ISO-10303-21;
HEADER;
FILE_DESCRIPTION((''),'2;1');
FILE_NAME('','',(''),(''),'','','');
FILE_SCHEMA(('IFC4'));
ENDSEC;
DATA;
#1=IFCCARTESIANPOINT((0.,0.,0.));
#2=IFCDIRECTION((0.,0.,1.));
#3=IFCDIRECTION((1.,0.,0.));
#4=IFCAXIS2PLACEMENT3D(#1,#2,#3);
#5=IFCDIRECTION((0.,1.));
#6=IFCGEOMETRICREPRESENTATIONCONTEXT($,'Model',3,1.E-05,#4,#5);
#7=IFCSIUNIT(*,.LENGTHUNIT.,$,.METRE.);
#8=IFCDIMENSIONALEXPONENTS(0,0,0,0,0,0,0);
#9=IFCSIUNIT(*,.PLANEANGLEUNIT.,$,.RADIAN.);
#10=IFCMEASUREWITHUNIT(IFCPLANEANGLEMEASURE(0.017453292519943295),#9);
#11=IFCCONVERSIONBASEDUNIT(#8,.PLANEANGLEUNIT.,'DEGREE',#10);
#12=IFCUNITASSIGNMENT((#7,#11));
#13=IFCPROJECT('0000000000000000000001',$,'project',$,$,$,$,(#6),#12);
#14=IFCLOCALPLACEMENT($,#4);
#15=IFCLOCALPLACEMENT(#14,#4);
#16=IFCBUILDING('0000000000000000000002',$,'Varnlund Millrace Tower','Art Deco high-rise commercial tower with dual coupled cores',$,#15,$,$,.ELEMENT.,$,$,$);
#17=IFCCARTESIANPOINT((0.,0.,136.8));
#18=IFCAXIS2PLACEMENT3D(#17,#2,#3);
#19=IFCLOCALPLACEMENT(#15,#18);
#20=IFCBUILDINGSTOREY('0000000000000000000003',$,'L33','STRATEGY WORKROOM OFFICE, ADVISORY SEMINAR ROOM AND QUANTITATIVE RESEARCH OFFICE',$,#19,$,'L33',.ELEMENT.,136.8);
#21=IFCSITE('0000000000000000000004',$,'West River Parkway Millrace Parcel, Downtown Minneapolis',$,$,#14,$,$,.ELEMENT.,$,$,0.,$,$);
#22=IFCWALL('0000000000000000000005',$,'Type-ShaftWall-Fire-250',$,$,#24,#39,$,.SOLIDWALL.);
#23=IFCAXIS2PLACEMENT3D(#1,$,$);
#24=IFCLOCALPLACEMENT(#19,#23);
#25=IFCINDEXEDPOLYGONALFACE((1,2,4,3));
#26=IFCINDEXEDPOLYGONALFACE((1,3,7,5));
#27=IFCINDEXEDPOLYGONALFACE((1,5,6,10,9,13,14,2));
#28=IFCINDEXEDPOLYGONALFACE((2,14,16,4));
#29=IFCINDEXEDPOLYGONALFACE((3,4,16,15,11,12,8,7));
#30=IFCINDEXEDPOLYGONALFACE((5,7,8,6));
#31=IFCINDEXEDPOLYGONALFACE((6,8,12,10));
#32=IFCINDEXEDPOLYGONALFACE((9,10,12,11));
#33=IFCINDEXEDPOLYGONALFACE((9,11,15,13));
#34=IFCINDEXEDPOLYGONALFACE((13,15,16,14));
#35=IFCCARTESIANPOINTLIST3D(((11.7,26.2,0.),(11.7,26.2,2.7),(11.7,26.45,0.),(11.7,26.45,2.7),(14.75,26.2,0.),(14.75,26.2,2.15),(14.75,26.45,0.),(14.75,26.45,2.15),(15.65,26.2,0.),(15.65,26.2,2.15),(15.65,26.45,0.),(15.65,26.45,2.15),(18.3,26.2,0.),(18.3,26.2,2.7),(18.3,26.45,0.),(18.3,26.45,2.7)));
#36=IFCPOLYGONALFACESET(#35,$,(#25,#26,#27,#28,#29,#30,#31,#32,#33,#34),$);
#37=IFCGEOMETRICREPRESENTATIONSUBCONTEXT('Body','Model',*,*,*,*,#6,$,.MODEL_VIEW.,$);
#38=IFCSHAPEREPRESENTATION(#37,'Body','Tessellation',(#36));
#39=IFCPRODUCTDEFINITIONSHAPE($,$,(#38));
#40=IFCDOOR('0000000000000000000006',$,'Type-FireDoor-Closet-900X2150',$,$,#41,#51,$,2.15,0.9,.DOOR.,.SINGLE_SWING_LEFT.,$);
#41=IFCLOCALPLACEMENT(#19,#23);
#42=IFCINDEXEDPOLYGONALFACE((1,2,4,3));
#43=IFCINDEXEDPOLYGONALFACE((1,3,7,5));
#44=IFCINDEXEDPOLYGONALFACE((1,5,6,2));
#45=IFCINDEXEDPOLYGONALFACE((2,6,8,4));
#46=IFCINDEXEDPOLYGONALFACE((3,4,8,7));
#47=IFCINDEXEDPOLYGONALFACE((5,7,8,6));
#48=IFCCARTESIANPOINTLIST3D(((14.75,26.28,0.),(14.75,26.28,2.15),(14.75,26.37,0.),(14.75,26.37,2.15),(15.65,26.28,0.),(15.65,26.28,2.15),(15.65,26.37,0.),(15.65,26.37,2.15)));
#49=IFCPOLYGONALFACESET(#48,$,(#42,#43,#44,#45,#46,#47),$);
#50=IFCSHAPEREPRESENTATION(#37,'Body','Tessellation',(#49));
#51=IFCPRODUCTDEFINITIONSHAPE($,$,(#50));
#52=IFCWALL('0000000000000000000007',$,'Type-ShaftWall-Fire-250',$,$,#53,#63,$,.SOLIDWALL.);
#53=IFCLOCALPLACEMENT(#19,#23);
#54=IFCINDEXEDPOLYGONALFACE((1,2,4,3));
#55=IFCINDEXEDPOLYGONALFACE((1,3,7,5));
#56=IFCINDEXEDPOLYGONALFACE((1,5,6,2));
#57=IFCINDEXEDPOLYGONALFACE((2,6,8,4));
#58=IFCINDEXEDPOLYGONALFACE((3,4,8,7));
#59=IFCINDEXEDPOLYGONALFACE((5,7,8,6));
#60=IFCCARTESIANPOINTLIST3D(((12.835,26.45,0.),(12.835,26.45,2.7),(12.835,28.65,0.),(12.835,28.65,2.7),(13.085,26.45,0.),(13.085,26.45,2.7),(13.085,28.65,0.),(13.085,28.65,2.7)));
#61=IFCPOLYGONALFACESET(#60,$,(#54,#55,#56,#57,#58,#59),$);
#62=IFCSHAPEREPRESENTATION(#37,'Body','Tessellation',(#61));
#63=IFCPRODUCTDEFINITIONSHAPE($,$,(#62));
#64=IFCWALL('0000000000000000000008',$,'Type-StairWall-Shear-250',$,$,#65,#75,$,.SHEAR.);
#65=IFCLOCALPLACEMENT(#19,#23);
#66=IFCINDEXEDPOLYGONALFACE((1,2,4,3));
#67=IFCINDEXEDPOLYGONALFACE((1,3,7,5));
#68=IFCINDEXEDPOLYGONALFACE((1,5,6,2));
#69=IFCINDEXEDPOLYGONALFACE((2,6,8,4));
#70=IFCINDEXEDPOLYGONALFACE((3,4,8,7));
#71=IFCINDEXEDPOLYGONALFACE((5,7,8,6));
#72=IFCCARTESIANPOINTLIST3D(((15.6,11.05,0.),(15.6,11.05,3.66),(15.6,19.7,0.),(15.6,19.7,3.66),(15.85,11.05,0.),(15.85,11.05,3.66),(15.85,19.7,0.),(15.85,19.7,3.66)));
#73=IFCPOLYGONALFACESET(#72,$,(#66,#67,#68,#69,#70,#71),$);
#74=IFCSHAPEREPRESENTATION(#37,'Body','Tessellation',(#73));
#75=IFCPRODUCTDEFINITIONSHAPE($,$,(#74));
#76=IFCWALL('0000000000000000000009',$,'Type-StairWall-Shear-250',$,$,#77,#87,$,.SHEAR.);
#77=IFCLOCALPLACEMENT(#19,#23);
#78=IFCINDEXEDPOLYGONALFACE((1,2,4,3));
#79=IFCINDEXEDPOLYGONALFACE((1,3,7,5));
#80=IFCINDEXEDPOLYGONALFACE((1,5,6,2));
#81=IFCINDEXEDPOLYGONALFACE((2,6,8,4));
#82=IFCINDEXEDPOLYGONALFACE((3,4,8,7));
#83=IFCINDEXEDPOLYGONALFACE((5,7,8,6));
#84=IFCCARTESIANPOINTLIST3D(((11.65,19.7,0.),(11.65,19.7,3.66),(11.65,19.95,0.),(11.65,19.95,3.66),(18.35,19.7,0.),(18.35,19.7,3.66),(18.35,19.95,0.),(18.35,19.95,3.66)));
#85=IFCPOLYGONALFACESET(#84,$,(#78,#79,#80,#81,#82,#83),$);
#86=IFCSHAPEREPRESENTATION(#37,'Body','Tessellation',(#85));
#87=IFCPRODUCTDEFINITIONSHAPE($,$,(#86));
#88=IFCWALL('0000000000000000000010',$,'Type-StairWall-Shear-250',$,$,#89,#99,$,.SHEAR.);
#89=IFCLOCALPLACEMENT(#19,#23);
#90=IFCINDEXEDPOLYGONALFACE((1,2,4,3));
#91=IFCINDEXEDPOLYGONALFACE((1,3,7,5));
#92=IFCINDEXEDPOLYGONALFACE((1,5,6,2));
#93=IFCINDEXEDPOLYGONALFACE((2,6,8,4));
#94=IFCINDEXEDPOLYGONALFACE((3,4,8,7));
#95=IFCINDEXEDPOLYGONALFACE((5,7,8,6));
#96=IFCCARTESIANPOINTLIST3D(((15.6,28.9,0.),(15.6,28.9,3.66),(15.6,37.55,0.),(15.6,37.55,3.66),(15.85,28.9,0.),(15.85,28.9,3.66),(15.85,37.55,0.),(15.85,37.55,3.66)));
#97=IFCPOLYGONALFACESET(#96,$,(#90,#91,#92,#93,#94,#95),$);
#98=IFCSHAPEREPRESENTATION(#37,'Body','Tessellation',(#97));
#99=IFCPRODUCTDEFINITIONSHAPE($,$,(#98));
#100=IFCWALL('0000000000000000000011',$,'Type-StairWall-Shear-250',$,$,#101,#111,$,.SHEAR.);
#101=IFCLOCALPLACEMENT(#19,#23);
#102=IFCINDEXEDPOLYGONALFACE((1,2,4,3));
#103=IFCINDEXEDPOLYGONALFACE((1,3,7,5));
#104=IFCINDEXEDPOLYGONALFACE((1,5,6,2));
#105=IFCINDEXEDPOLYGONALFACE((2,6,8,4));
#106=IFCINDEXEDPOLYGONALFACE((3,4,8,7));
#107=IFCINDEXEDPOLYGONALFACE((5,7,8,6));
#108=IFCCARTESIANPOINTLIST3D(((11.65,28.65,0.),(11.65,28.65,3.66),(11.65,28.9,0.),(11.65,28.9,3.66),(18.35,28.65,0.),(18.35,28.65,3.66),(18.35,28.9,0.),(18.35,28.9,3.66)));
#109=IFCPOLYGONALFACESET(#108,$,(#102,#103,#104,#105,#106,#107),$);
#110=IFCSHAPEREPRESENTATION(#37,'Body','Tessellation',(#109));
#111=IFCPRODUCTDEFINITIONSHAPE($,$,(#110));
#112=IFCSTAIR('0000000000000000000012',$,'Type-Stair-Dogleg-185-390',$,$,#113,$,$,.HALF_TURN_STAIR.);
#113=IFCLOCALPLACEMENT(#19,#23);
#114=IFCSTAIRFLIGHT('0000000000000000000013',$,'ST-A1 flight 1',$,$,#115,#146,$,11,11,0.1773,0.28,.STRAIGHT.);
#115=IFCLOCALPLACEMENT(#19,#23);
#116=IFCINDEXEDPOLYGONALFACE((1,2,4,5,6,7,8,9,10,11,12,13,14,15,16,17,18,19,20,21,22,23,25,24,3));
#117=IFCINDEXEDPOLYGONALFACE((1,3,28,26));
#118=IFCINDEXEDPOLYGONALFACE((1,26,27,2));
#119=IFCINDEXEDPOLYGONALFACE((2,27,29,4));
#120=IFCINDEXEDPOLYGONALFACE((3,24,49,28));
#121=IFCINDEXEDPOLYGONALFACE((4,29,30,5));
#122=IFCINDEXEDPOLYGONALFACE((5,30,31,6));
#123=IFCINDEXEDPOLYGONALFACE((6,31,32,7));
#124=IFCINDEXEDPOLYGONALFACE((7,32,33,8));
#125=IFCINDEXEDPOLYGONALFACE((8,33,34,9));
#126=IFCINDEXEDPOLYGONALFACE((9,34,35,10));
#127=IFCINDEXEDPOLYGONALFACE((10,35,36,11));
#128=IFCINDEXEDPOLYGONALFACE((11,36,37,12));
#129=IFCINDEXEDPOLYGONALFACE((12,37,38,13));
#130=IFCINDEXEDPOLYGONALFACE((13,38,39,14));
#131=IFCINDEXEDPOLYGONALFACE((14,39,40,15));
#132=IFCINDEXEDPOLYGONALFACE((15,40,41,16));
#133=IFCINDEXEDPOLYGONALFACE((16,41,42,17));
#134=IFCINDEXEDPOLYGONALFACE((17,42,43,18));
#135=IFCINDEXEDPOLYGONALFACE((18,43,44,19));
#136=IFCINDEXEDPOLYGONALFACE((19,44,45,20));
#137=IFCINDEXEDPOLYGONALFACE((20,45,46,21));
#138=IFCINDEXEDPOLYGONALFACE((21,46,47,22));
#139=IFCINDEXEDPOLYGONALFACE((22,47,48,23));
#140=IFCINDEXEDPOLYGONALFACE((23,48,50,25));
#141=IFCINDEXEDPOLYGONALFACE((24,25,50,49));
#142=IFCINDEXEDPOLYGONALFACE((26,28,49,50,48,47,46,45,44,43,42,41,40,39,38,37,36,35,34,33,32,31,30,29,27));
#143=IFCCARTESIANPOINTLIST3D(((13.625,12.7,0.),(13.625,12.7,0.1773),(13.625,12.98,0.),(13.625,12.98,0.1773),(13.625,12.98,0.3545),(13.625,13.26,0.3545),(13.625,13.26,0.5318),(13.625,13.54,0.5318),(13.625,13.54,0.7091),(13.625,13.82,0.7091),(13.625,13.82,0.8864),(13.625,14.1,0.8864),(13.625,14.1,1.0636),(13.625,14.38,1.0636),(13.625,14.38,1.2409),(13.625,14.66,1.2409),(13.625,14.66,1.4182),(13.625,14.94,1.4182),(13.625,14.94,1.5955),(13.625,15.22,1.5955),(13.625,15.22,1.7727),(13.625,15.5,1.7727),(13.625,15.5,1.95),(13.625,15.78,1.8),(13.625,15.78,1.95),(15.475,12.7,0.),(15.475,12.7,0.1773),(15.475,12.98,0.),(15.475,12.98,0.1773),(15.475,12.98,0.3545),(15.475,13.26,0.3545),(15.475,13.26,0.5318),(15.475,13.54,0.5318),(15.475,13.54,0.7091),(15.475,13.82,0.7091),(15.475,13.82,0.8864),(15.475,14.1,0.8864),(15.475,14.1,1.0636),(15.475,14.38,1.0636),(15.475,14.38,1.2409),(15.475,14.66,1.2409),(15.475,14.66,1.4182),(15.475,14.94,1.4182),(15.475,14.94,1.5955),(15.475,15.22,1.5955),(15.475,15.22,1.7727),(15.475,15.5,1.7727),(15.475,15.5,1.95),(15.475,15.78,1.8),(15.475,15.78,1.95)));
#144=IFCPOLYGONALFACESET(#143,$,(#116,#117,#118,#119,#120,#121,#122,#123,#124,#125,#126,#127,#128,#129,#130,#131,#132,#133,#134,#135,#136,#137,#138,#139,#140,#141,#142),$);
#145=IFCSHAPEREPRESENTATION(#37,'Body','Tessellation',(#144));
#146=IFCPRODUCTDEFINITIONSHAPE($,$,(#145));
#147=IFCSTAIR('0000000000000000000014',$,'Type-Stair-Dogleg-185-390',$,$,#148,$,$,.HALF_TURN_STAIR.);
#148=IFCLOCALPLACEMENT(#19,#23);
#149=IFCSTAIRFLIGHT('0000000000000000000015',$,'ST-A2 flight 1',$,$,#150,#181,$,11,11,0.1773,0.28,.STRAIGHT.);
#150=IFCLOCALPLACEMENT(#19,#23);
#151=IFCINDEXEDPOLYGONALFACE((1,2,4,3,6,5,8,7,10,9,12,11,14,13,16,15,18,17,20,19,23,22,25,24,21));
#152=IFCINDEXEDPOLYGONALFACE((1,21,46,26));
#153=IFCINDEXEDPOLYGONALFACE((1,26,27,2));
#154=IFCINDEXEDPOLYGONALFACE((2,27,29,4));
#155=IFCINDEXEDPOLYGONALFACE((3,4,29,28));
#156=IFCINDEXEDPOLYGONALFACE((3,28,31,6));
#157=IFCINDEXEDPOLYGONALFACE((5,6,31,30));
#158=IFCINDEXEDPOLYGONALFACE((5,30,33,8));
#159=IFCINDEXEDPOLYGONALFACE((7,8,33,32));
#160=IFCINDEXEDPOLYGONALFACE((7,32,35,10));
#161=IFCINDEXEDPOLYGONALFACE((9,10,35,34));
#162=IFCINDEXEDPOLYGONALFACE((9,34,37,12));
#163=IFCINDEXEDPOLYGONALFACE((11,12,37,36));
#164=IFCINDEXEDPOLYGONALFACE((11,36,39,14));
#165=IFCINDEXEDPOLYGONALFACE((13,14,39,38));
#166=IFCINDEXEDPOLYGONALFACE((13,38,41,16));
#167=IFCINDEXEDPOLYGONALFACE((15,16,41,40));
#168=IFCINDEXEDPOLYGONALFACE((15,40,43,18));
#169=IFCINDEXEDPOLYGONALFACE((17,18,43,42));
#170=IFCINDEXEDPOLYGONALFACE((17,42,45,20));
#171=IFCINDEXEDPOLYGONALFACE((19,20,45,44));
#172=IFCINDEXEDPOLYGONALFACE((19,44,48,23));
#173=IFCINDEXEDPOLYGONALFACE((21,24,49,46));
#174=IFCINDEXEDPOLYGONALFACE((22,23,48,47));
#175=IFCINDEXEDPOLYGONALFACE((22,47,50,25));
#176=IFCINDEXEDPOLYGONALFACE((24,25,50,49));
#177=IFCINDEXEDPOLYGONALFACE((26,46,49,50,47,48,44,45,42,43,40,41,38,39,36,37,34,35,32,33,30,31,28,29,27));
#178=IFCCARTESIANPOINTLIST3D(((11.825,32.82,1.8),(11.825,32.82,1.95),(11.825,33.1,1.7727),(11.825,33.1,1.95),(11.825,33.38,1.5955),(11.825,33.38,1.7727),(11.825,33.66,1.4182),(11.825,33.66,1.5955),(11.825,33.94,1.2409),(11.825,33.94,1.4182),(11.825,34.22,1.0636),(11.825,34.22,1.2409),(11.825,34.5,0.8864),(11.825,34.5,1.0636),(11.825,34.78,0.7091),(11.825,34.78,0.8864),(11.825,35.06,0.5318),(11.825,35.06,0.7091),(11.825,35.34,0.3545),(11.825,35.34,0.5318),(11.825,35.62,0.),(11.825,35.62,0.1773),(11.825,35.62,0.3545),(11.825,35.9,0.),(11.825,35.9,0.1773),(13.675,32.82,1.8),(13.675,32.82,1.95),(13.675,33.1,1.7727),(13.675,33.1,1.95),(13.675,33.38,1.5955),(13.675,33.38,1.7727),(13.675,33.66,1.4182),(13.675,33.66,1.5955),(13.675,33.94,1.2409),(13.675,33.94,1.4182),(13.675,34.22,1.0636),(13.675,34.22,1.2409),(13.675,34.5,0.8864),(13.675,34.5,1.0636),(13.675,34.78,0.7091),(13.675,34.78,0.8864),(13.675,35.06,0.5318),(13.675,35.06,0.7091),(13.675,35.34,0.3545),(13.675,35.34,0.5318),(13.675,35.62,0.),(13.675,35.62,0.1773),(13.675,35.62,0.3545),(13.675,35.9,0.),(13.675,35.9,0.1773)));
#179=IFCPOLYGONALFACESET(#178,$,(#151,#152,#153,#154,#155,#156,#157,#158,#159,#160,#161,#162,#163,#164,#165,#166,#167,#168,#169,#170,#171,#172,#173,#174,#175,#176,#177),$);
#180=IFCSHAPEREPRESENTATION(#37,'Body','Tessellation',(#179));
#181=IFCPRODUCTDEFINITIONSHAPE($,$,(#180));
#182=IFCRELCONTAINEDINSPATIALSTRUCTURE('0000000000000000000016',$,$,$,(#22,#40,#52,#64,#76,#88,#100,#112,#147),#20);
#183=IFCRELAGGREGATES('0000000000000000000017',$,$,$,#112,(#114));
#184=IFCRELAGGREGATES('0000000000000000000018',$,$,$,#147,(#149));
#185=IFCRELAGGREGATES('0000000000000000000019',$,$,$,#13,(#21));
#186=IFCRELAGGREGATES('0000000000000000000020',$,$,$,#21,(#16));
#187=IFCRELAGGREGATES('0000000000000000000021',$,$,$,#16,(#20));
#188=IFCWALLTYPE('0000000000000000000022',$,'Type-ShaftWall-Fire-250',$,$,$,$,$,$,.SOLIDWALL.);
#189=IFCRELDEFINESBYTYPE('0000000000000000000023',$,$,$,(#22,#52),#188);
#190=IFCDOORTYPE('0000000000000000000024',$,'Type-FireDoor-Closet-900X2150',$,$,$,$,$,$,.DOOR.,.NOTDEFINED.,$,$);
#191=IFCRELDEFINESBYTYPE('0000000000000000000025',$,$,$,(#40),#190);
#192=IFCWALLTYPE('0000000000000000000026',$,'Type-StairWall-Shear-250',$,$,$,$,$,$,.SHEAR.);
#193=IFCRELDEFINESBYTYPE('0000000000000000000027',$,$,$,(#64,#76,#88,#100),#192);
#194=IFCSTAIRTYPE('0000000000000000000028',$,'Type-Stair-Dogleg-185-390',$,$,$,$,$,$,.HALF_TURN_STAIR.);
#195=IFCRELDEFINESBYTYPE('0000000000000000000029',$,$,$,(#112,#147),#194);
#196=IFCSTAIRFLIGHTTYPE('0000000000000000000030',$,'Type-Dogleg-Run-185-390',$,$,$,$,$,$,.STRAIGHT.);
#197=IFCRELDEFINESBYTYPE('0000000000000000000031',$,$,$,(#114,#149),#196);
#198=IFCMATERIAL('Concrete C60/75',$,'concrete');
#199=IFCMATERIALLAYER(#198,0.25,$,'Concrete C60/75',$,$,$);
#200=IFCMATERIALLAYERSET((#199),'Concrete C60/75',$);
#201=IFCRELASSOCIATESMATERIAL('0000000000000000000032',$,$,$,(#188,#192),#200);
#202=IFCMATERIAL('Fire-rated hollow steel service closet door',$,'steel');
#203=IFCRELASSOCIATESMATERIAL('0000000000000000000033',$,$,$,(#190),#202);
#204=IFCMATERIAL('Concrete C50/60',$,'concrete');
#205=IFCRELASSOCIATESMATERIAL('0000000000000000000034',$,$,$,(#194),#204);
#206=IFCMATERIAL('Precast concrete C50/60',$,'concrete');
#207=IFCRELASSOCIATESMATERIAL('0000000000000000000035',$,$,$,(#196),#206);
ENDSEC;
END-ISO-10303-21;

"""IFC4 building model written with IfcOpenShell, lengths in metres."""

from ifc_helpers import new_model, entity, si_unit, converted_unit, direction, frame, origin_with_axes, origin_2d_with_axis, place, context, subcontext, project, spatial, polyline, rectangle, outline, extrude, material, layer, layer_set, type_object, element, fill, aggregate, save


model = new_model("IFC4")

# Units and contexts
model_context = context("Model", 3, precision=1e-05, world=origin_with_axes(), true_north=direction((0.0, 1.0)))
body_context = subcontext(model_context, "Body", "Model", "MODEL_VIEW")
ifc_project = project(units=[si_unit("LENGTHUNIT", "METRE"), converted_unit("PLANEANGLEUNIT", "DEGREE", entity("IfcPlaneAngleMeasure", 0.017453292519943295), si_unit("PLANEANGLEUNIT", "RADIAN"), dimensions=[0, 0, 0, 0, 0, 0, 0])], contexts=[model_context])

# Site, building, storey
site_placement = place(None, origin_with_axes())
site = spatial("IfcSite", under=ifc_project, at=site_placement, Name="West River Parkway Millrace Parcel, Downtown Minneapolis", CompositionType="ELEMENT", RefElevation=0.0)
building_placement = place(site_placement, origin_with_axes())
building = spatial("IfcBuilding", under=site, at=building_placement, Name="Varnlund Millrace Tower", Description="Art Deco high-rise commercial tower with dual coupled cores", CompositionType="ELEMENT")
storey_placement = place(building_placement, frame((0.0, 0.0, 136.8), z_axis=(0.0, 0.0, 1.0), x_axis=(1.0, 0.0, 0.0)))
storey = spatial("IfcBuildingStorey", under=building, at=storey_placement, Name="L33", Description="STRATEGY WORKROOM OFFICE, ADVISORY SEMINAR ROOM AND QUANTITATIVE RESEARCH OFFICE", LongName="L33", CompositionType="ELEMENT", Elevation=136.8)

# Shared definitions
ifc_material_1 = material(Name="Concrete C60/75", Category="concrete")
ifc_layer = layer(ifc_material_1, 0.25, Name="Concrete C60/75")
ifc_layer_set = layer_set([ifc_layer], Name="Concrete C60/75")
wall_type_1 = type_object("IfcWallType", Name="Type-ShaftWall-Fire-250", PredefinedType="SOLIDWALL", material=ifc_layer_set)

# Wall, opening, door
ifc_material_2 = material(Name="Fire-rated hollow steel service closet door", Category="steel")
door_type_1 = type_object("IfcDoorType", Name="Type-FireDoor-Closet-900X2150", OperationType="NOTDEFINED", PredefinedType="DOOR", material=ifc_material_2)
wall_1_placement = place(storey_placement, frame((11.7, 26.325, 0.0), z_axis=(0.0, 0.0, 1.0), x_axis=(1.0, 0.0, 0.0)))
wall_1 = element("IfcWall", 1, at=wall_1_placement, inside=storey, type_object=wall_type_1, Name="Type-ShaftWall-Fire-250", PredefinedType="SOLIDWALL", context=body_context, shape_type="SweptSolid", body=[
    extrude(outline(polyline([(0.0, -0.125), (6.6, -0.125), (6.6, 0.125), (0.0, 0.125), (0.0, -0.125)])), origin_with_axes(), (0.0, 0.0, 1.0), 2.7),
])
opening_1_placement = place(wall_1_placement, frame((3.5, 0.0, 0.0), z_axis=(0.0, 0.0, 1.0), x_axis=(1.0, 0.0, 0.0)))
opening_1 = element("IfcOpeningElement", 2, at=opening_1_placement, cuts=wall_1, PredefinedType="OPENING", context=body_context, shape_type="SweptSolid", body=[
    extrude(rectangle(XDim=0.9, YDim=0.27, at=origin_2d_with_axis()), origin_with_axes(), (0.0, 0.0, 1.0), 2.15),
])
door_1_placement = place(wall_1_placement, frame((3.5, 0.0, 0.0), z_axis=(0.0, 0.0, 1.0), x_axis=(1.0, 0.0, 0.0)))
door_1 = element("IfcDoor", 3, at=door_1_placement, inside=storey, type_object=door_type_1, Name="Type-FireDoor-Closet-900X2150", OperationType="SINGLE_SWING_LEFT", OverallHeight=2.15, OverallWidth=0.9, PredefinedType="DOOR", context=body_context, shape_type="SweptSolid", body=[
    extrude(rectangle(XDim=0.9, YDim=0.09, at=origin_2d_with_axis()), origin_with_axes(), (0.0, 0.0, 1.0), 2.15),
])
fill(opening_1, door_1)

# Walls
wall_2_placement = place(storey_placement, frame((12.96, 26.45, 0.0), z_axis=(0.0, 0.0, 1.0), x_axis=(0.0, 1.0, 0.0)))
element("IfcWall", 4, at=wall_2_placement, inside=storey, type_object=wall_type_1, Name="Type-ShaftWall-Fire-250", PredefinedType="SOLIDWALL", context=body_context, shape_type="SweptSolid", body=[
    extrude(outline(polyline([(0.0, -0.125), (2.2, -0.125), (2.2, 0.125), (0.0, 0.125), (0.0, -0.125)])), origin_with_axes(), (0.0, 0.0, 1.0), 2.7),
])
wall_type_2 = type_object("IfcWallType", Name="Type-StairWall-Shear-250", PredefinedType="SHEAR", material=ifc_layer_set)
wall_3_placement = place(storey_placement, frame((15.725, 11.05, 0.0), z_axis=(0.0, 0.0, 1.0), x_axis=(0.0, 1.0, 0.0)))
element("IfcWall", 5, at=wall_3_placement, inside=storey, type_object=wall_type_2, Name="Type-StairWall-Shear-250", PredefinedType="SHEAR", context=body_context, shape_type="SweptSolid", body=[
    extrude(outline(polyline([(0.0, -0.125), (8.65, -0.125), (8.65, 0.125), (0.0, 0.125), (0.0, -0.125)])), origin_with_axes(), (0.0, 0.0, 1.0), 3.66),
])
wall_4_placement = place(storey_placement, frame((11.65, 19.825, 0.0), z_axis=(0.0, 0.0, 1.0), x_axis=(1.0, 0.0, 0.0)))
element("IfcWall", 6, at=wall_4_placement, inside=storey, type_object=wall_type_2, Name="Type-StairWall-Shear-250", PredefinedType="SHEAR", context=body_context, shape_type="SweptSolid", body=[
    extrude(outline(polyline([(0.0, -0.125), (6.7, -0.125), (6.7, 0.125), (0.0, 0.125), (0.0, -0.125)])), origin_with_axes(), (0.0, 0.0, 1.0), 3.66),
])
wall_5_placement = place(storey_placement, frame((15.725, 28.9, 0.0), z_axis=(0.0, 0.0, 1.0), x_axis=(0.0, 1.0, 0.0)))
element("IfcWall", 7, at=wall_5_placement, inside=storey, type_object=wall_type_2, Name="Type-StairWall-Shear-250", PredefinedType="SHEAR", context=body_context, shape_type="SweptSolid", body=[
    extrude(outline(polyline([(0.0, -0.125), (8.65, -0.125), (8.65, 0.125), (0.0, 0.125), (0.0, -0.125)])), origin_with_axes(), (0.0, 0.0, 1.0), 3.66),
])
wall_6_placement = place(storey_placement, frame((11.65, 28.775, 0.0), z_axis=(0.0, 0.0, 1.0), x_axis=(1.0, 0.0, 0.0)))
element("IfcWall", 8, at=wall_6_placement, inside=storey, type_object=wall_type_2, Name="Type-StairWall-Shear-250", PredefinedType="SHEAR", context=body_context, shape_type="SweptSolid", body=[
    extrude(outline(polyline([(0.0, -0.125), (6.7, -0.125), (6.7, 0.125), (0.0, 0.125), (0.0, -0.125)])), origin_with_axes(), (0.0, 0.0, 1.0), 3.66),
])

# Stairs, stair flights
ifc_material_3 = material(Name="Concrete C50/60", Category="concrete")
stair_type = type_object("IfcStairType", Name="Type-Stair-Dogleg-185-390", PredefinedType="HALF_TURN_STAIR", material=ifc_material_3)
stair_1_placement = place(storey_placement, origin_with_axes())
stair_1 = element("IfcStair", 9, at=stair_1_placement, inside=storey, type_object=stair_type, Name="Type-Stair-Dogleg-185-390", PredefinedType="HALF_TURN_STAIR")
ifc_material_4 = material(Name="Precast concrete C50/60", Category="concrete")
stair_flight_type = type_object("IfcStairFlightType", Name="Type-Dogleg-Run-185-390", PredefinedType="STRAIGHT", material=ifc_material_4)
stair_flight_1_placement = place(storey_placement, frame((13.625, 12.7, 0.0), z_axis=(1.0, 0.0, 0.0), x_axis=(0.0, 1.0, 0.0)))
stair_flight_1 = element("IfcStairFlight", 10, at=stair_flight_1_placement, type_object=stair_flight_type, Name="ST-A1 flight 1", NumberOfRisers=11, NumberOfTreads=11, PredefinedType="STRAIGHT", RiserHeight=0.1773, TreadLength=0.28, context=body_context, shape_type="SweptSolid", body=[
    extrude(outline(polyline([(0.0, 0.0), (0.0, 0.1773), (0.28, 0.1773), (0.28, 0.3545), (0.56, 0.3545), (0.56, 0.5318), (0.84, 0.5318), (0.84, 0.7091), (1.12, 0.7091), (1.12, 0.8864), (1.4, 0.8864), (1.4, 1.0636), (1.68, 1.0636), (1.68, 1.2409), (1.96, 1.2409), (1.96, 1.4182), (2.24, 1.4182), (2.24, 1.5955), (2.52, 1.5955), (2.52, 1.7727), (2.8, 1.7727), (2.8, 1.95), (3.08, 1.95), (3.08, 1.8), (0.28, 0.0), (0.0, 0.0)])), origin_with_axes(), (0.0, 0.0, 1.0), 1.85),
])
aggregate(stair_1, [stair_flight_1])
stair_2_placement = place(storey_placement, origin_with_axes())
stair_2 = element("IfcStair", 11, at=stair_2_placement, inside=storey, type_object=stair_type, Name="Type-Stair-Dogleg-185-390", PredefinedType="HALF_TURN_STAIR")
stair_flight_2_placement = place(storey_placement, frame((13.675, 35.9, 0.0), z_axis=(-1.0, 0.0, 0.0), x_axis=(0.0, -1.0, 0.0)))
stair_flight_2 = element("IfcStairFlight", 12, at=stair_flight_2_placement, type_object=stair_flight_type, Name="ST-A2 flight 1", NumberOfRisers=11, NumberOfTreads=11, PredefinedType="STRAIGHT", RiserHeight=0.1773, TreadLength=0.28, context=body_context, shape_type="SweptSolid", body=[
    extrude(outline(polyline([(0.0, 0.0), (0.0, 0.1773), (0.28, 0.1773), (0.28, 0.3545), (0.56, 0.3545), (0.56, 0.5318), (0.84, 0.5318), (0.84, 0.7091), (1.12, 0.7091), (1.12, 0.8864), (1.4, 0.8864), (1.4, 1.0636), (1.68, 1.0636), (1.68, 1.2409), (1.96, 1.2409), (1.96, 1.4182), (2.24, 1.4182), (2.24, 1.5955), (2.52, 1.5955), (2.52, 1.7727), (2.8, 1.7727), (2.8, 1.95), (3.08, 1.95), (3.08, 1.8), (0.28, 0.0), (0.0, 0.0)])), origin_with_axes(), (0.0, 0.0, 1.0), 1.85),
])
aggregate(stair_2, [stair_flight_2])

save(model, "model.ifc")
